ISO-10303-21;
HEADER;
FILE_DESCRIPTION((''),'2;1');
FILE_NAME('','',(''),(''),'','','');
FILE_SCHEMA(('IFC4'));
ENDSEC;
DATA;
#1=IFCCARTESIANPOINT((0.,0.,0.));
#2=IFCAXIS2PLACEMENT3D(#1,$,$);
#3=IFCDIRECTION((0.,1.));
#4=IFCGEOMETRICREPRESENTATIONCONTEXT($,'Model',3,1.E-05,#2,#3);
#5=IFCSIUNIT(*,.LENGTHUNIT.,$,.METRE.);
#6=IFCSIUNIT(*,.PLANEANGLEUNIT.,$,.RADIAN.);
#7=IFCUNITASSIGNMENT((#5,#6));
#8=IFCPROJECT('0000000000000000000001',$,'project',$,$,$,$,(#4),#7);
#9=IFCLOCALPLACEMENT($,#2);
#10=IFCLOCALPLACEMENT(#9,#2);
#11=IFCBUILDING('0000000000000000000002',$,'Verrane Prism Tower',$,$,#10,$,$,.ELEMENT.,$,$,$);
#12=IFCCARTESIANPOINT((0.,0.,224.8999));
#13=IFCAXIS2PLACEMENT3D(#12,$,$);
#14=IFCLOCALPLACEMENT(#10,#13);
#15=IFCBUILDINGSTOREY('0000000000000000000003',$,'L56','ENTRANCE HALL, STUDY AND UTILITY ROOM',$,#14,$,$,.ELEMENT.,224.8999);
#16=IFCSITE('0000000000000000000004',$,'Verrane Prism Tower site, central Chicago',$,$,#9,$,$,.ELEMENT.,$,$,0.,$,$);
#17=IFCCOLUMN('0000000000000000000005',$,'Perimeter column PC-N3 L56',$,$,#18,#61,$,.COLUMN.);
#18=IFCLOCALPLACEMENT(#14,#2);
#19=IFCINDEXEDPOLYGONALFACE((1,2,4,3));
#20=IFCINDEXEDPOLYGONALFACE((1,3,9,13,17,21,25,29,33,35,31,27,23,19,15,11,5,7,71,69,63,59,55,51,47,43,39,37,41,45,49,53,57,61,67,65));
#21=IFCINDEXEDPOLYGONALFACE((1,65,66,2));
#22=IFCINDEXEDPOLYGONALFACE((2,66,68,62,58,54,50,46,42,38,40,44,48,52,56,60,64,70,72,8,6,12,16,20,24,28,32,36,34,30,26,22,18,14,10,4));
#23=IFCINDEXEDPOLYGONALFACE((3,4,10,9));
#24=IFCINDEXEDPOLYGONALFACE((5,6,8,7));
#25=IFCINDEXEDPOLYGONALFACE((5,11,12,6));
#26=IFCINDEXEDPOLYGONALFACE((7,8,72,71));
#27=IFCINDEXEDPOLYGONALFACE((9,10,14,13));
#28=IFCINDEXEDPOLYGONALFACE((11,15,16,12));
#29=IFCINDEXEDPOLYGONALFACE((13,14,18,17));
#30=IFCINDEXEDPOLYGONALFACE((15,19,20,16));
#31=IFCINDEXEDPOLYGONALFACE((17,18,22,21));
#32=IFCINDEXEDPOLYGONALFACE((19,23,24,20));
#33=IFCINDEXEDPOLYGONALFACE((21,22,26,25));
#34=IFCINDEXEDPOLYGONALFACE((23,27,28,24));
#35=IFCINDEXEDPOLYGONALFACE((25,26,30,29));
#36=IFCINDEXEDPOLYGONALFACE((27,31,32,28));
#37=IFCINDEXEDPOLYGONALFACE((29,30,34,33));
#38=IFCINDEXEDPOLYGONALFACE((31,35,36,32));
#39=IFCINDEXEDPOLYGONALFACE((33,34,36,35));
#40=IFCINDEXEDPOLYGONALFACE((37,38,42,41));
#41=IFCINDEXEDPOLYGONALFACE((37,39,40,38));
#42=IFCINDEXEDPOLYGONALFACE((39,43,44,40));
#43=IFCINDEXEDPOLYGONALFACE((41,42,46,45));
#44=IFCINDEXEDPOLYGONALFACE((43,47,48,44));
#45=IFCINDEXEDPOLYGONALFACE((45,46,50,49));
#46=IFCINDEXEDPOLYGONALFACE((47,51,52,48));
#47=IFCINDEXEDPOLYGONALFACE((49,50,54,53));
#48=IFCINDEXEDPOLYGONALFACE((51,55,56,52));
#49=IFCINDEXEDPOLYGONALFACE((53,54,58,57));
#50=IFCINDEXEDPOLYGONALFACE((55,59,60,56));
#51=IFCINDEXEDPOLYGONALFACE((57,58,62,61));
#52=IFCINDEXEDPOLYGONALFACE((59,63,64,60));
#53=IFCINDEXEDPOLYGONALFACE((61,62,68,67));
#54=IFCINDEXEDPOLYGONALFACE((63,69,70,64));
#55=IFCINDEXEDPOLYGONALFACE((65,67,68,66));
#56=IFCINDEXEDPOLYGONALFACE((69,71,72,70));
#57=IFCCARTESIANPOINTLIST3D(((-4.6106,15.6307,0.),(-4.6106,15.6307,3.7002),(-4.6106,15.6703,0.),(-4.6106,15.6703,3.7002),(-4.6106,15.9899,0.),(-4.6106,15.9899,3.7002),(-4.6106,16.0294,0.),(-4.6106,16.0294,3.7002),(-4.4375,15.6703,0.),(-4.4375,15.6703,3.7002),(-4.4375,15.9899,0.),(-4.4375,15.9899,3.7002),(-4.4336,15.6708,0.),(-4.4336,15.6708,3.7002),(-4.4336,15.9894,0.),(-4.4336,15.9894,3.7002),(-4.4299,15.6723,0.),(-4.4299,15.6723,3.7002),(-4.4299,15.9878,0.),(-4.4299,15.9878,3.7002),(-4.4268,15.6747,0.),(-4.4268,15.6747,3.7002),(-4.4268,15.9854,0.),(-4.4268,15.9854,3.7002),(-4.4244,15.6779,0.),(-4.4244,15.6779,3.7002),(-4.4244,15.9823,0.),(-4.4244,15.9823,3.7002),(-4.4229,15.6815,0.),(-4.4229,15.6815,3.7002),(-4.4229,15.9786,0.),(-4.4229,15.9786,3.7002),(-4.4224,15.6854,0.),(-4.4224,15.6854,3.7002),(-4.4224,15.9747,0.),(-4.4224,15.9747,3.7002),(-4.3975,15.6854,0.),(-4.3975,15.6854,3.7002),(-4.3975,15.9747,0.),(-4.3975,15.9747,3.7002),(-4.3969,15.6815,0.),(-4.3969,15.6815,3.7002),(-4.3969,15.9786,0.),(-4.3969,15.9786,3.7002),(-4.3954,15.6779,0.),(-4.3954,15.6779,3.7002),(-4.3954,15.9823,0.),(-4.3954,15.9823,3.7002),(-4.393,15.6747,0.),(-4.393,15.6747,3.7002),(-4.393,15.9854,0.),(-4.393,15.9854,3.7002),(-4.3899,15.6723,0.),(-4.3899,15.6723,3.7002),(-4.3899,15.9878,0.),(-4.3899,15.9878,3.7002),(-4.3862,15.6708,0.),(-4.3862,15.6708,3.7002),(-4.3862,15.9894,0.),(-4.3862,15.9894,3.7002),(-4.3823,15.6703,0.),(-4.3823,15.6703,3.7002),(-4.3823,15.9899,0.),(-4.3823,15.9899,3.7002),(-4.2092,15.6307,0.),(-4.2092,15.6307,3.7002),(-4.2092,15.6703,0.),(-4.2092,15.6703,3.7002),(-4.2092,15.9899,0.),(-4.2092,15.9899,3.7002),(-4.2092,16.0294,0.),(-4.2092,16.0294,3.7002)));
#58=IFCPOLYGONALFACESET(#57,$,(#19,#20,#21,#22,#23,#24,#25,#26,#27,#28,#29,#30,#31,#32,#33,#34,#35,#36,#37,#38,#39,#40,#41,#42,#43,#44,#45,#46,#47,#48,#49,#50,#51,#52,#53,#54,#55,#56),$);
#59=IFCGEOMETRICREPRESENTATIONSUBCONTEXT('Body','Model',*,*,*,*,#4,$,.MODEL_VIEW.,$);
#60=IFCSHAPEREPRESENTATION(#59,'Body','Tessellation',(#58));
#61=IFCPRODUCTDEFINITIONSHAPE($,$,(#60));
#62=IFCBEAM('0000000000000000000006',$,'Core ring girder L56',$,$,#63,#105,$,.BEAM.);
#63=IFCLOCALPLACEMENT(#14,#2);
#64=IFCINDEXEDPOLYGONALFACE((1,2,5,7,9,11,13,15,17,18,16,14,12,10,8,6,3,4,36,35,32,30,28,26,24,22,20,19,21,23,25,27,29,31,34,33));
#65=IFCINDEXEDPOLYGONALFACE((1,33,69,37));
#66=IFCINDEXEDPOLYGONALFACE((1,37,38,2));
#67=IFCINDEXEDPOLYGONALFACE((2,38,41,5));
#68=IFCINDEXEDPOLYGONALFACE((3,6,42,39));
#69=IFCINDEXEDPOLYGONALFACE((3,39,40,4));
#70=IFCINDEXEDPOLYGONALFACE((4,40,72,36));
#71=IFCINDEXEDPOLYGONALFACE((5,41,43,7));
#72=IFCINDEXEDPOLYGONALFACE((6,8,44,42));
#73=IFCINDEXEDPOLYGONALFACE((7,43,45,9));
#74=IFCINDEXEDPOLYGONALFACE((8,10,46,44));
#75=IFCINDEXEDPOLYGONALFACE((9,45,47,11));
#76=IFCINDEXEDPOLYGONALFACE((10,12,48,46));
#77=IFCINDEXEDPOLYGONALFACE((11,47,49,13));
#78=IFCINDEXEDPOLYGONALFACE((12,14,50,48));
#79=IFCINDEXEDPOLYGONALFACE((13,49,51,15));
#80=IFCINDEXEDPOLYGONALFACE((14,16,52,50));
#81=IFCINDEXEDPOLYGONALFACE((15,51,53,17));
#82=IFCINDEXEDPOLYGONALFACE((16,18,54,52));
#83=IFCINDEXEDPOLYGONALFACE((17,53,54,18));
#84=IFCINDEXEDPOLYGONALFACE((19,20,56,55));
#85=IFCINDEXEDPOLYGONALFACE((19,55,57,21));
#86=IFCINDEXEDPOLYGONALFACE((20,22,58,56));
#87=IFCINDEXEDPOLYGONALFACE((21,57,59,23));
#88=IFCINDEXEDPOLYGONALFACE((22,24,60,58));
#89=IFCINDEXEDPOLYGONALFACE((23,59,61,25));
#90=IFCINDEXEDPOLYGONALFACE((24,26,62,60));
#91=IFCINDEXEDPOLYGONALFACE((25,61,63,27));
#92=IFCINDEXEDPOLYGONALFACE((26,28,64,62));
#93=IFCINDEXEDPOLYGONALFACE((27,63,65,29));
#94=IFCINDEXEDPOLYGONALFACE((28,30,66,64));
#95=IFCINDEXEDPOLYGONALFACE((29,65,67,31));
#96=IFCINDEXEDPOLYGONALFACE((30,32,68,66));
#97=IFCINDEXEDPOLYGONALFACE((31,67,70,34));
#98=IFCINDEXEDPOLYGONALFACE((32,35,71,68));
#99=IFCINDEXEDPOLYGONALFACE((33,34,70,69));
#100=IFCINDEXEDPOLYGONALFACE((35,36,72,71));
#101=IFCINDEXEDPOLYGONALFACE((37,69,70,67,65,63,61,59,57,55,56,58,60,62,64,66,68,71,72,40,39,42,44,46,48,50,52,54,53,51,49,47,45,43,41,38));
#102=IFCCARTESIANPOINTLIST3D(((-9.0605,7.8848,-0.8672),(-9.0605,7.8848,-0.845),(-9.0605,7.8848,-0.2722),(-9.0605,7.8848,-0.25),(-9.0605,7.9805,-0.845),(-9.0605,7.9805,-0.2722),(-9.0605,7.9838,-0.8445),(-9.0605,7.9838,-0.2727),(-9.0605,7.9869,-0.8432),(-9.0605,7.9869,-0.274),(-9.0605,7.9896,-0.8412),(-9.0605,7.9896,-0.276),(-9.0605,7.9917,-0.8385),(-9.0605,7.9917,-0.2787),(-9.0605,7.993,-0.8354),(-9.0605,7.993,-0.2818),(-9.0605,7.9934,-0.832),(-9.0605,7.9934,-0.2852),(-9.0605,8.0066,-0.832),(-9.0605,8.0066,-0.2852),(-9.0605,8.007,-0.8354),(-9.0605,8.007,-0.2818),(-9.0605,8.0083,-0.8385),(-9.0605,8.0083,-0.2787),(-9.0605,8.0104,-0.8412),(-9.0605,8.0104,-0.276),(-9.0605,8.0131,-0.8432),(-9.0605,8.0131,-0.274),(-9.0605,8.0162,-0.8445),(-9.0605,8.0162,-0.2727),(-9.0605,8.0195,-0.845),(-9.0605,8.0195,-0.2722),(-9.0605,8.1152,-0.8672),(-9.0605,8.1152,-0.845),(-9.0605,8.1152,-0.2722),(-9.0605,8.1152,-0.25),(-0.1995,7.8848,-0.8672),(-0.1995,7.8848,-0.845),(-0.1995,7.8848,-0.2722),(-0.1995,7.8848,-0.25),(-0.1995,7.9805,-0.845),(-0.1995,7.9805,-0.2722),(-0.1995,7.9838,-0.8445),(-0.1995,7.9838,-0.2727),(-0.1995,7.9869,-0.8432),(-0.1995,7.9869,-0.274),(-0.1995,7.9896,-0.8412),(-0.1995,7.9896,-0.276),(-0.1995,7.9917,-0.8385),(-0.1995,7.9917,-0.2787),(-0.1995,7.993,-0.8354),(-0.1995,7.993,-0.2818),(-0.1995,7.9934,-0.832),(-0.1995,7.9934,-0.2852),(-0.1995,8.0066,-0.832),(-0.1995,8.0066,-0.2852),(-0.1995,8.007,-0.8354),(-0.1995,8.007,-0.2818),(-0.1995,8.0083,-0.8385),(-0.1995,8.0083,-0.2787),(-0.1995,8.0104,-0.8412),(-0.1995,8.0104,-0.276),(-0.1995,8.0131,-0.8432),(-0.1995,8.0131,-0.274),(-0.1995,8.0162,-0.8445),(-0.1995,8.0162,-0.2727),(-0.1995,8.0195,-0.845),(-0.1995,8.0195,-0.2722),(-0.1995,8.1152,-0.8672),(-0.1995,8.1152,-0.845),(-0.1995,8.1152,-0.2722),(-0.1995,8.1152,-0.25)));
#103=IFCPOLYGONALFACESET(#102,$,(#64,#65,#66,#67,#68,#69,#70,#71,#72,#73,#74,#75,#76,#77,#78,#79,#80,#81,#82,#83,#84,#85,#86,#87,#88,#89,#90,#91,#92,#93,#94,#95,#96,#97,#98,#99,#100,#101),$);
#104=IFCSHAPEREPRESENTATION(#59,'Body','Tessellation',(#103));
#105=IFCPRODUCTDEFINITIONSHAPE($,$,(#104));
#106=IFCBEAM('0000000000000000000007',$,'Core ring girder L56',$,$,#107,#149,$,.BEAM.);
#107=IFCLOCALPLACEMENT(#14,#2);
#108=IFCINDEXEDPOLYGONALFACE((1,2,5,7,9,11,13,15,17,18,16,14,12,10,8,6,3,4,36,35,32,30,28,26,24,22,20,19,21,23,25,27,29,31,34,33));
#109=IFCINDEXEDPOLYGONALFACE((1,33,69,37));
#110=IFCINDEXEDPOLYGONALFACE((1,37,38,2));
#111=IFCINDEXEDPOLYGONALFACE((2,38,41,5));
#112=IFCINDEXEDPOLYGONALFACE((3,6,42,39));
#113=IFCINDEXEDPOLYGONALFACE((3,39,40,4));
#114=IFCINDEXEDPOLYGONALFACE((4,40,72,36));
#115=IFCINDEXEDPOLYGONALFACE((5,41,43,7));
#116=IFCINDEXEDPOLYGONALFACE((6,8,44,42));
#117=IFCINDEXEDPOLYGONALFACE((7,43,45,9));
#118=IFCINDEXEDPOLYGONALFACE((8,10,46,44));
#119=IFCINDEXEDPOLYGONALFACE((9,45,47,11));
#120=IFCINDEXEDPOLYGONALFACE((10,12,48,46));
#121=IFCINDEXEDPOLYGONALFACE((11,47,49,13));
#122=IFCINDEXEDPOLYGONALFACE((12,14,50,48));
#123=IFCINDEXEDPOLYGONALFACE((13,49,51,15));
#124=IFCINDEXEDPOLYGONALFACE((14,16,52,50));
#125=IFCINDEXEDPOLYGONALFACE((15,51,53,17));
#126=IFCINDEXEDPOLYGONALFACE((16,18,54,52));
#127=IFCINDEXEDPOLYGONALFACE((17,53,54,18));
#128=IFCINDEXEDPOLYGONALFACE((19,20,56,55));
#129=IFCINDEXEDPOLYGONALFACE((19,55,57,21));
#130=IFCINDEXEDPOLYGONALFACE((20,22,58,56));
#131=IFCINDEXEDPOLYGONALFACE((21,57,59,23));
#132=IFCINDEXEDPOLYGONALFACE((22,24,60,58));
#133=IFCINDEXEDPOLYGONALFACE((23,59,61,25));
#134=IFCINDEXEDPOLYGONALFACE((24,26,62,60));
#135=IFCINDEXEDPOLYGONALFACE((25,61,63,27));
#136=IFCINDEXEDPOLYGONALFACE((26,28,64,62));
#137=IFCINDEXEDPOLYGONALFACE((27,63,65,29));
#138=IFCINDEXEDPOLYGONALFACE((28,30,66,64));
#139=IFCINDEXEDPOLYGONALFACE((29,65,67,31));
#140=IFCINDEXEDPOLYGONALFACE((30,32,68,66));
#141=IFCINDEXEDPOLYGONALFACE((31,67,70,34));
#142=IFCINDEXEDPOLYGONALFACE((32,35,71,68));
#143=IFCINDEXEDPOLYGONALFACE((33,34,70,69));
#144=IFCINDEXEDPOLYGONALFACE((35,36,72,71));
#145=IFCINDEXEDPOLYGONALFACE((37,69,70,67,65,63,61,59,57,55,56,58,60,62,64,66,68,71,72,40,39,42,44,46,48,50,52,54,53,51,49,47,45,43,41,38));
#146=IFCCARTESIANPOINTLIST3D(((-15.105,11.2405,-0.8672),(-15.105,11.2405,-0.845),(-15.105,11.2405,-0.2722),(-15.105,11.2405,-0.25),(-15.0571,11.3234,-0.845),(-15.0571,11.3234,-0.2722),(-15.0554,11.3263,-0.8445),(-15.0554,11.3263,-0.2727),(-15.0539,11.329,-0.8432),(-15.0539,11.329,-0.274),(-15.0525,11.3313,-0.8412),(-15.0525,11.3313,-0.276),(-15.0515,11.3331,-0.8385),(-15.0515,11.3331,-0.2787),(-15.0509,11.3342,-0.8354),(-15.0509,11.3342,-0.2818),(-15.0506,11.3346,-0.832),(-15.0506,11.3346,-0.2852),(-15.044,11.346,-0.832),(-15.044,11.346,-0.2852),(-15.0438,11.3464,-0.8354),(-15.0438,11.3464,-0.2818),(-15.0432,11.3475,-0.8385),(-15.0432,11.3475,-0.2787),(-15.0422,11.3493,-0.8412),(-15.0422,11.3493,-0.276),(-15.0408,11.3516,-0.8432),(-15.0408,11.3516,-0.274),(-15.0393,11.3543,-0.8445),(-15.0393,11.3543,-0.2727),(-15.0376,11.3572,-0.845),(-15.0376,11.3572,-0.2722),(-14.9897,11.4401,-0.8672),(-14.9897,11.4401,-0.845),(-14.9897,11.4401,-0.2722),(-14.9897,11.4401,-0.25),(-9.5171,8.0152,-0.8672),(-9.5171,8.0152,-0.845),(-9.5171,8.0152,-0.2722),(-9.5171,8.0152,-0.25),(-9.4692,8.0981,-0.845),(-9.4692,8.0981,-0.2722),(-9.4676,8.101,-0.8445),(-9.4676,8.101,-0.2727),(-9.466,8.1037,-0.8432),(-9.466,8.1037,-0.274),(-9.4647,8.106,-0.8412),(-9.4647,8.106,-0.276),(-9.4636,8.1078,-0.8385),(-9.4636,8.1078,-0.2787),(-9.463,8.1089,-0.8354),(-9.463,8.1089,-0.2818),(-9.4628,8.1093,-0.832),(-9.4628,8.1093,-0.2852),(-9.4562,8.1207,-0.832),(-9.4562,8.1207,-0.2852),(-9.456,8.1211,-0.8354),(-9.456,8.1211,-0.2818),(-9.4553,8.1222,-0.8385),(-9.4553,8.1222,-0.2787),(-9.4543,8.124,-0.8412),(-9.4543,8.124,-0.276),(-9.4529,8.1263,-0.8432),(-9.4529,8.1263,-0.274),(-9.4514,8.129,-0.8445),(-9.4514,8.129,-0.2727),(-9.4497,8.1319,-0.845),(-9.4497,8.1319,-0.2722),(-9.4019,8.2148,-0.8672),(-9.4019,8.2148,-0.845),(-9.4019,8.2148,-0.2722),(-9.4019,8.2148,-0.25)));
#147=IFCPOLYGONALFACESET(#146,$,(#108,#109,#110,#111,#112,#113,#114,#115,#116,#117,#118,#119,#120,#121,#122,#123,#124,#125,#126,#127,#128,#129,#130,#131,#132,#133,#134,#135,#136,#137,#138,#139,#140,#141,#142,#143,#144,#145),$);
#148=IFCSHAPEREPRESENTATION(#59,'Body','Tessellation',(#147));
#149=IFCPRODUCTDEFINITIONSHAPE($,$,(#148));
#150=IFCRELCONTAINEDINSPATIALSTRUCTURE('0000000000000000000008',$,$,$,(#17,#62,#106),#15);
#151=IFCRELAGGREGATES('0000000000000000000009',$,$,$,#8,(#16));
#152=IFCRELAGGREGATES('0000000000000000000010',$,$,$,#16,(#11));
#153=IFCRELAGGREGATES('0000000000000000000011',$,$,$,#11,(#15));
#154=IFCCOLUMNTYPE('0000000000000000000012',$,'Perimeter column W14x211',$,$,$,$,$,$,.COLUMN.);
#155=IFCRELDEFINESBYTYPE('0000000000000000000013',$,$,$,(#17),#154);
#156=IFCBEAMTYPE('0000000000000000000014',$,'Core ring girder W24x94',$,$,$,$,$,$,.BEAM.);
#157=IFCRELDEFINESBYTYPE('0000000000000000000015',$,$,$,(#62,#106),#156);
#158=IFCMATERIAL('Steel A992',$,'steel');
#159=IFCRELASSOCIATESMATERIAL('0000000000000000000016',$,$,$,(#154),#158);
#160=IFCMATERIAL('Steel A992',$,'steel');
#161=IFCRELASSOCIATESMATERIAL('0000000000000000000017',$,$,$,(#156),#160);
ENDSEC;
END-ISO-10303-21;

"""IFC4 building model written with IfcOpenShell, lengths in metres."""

from ifc_helpers import new_model, si_unit, direction, frame, origin, origin_2d, place, context, subcontext, project, spatial, i_section, extrude, material, material_profile, profile_set, type_object, element, save


model = new_model("IFC4")

# Units and contexts
model_context = context("Model", 3, precision=1e-05, world=origin(), true_north=direction((0.0, 1.0)))
body_context = subcontext(model_context, "Body", "Model", "MODEL_VIEW")
ifc_project = project(units=[si_unit("LENGTHUNIT", "METRE"), si_unit("PLANEANGLEUNIT", "RADIAN")], contexts=[model_context])

# Site, building, storey
site_placement = place(None, origin())
site = spatial("IfcSite", under=ifc_project, at=site_placement, Name="Verrane Prism Tower site, central Chicago", CompositionType="ELEMENT", RefElevation=0.0)
building_placement = place(site_placement, origin())
building = spatial("IfcBuilding", under=site, at=building_placement, Name="Verrane Prism Tower", CompositionType="ELEMENT")
storey_placement = place(building_placement, frame((0.0, 0.0, 224.8999)))
storey = spatial("IfcBuildingStorey", under=building, at=storey_placement, Name="L56", Description="ENTRANCE HALL, STUDY AND UTILITY ROOM", CompositionType="ELEMENT", Elevation=224.8999)

# Column
ifc_material_1 = material(Name="Steel A992", Category="steel")
ifc_material_profile_1 = material_profile(ifc_material_1, i_section(OverallWidth=0.4014, OverallDepth=0.3987, WebThickness=0.0249, FlangeThickness=0.0396, FilletRadius=0.0151, at=origin_2d()), Name="W14x211")
ifc_profile_set_1 = profile_set([ifc_material_profile_1], Name="Steel A992")
column_type = type_object("IfcColumnType", Name="Perimeter column W14x211", PredefinedType="COLUMN", material=ifc_profile_set_1)
column_placement = place(storey_placement, frame((-4.4099, 15.8301, 0.0), z_axis=(0.0, 0.0, 1.0), x_axis=(1.0, 0.0, 0.0)))
element("IfcColumn", 1, at=column_placement, inside=storey, type_object=column_type, Name="Perimeter column PC-N3 L56", PredefinedType="COLUMN", context=body_context, shape_type="SweptSolid", body=[
    extrude(i_section(OverallWidth=0.4014, OverallDepth=0.3987, WebThickness=0.0249, FlangeThickness=0.0396, FilletRadius=0.0151, at=origin_2d()), origin(), (0.0, 0.0, 1.0), 3.7002),
])

# Beams
ifc_material_2 = material(Name="Steel A992", Category="steel")
ifc_material_profile_2 = material_profile(ifc_material_2, i_section(OverallWidth=0.2305, OverallDepth=0.6172, WebThickness=0.0132, FlangeThickness=0.0222, FilletRadius=0.0129, at=origin_2d()), Name="W24x94")
ifc_profile_set_2 = profile_set([ifc_material_profile_2], Name="Steel A992")
beam_type_1 = type_object("IfcBeamType", Name="Core ring girder W24x94", PredefinedType="BEAM", material=ifc_profile_set_2)
beam_1_placement = place(storey_placement, frame((-0.1995, 8.0, -0.5586), z_axis=(-1.0, 0.0, 0.0), x_axis=(0.0, -1.0, 0.0)))
element("IfcBeam", 2, at=beam_1_placement, inside=storey, type_object=beam_type_1, Name="Core ring girder L56", PredefinedType="BEAM", context=body_context, shape_type="SweptSolid", body=[
    extrude(i_section(OverallWidth=0.2305, OverallDepth=0.6172, WebThickness=0.0132, FlangeThickness=0.0222, FilletRadius=0.0129, at=origin_2d()), origin(), (0.0, 0.0, 1.0), 8.8611),
])
beam_2_placement = place(storey_placement, frame((-9.4595, 8.115, -0.5586), z_axis=(-0.866081, 0.499904, 0.0), x_axis=(-0.499904, -0.866081, 0.0)))
element("IfcBeam", 3, at=beam_2_placement, inside=storey, type_object=beam_type_1, Name="Core ring girder L56", PredefinedType="BEAM", context=body_context, shape_type="SweptSolid", body=[
    extrude(i_section(OverallWidth=0.2305, OverallDepth=0.6172, WebThickness=0.0132, FlangeThickness=0.0222, FilletRadius=0.0129, at=origin_2d()), origin(), (0.0, 0.0, 1.0), 6.4519),
])

save(model, "model.ifc")
